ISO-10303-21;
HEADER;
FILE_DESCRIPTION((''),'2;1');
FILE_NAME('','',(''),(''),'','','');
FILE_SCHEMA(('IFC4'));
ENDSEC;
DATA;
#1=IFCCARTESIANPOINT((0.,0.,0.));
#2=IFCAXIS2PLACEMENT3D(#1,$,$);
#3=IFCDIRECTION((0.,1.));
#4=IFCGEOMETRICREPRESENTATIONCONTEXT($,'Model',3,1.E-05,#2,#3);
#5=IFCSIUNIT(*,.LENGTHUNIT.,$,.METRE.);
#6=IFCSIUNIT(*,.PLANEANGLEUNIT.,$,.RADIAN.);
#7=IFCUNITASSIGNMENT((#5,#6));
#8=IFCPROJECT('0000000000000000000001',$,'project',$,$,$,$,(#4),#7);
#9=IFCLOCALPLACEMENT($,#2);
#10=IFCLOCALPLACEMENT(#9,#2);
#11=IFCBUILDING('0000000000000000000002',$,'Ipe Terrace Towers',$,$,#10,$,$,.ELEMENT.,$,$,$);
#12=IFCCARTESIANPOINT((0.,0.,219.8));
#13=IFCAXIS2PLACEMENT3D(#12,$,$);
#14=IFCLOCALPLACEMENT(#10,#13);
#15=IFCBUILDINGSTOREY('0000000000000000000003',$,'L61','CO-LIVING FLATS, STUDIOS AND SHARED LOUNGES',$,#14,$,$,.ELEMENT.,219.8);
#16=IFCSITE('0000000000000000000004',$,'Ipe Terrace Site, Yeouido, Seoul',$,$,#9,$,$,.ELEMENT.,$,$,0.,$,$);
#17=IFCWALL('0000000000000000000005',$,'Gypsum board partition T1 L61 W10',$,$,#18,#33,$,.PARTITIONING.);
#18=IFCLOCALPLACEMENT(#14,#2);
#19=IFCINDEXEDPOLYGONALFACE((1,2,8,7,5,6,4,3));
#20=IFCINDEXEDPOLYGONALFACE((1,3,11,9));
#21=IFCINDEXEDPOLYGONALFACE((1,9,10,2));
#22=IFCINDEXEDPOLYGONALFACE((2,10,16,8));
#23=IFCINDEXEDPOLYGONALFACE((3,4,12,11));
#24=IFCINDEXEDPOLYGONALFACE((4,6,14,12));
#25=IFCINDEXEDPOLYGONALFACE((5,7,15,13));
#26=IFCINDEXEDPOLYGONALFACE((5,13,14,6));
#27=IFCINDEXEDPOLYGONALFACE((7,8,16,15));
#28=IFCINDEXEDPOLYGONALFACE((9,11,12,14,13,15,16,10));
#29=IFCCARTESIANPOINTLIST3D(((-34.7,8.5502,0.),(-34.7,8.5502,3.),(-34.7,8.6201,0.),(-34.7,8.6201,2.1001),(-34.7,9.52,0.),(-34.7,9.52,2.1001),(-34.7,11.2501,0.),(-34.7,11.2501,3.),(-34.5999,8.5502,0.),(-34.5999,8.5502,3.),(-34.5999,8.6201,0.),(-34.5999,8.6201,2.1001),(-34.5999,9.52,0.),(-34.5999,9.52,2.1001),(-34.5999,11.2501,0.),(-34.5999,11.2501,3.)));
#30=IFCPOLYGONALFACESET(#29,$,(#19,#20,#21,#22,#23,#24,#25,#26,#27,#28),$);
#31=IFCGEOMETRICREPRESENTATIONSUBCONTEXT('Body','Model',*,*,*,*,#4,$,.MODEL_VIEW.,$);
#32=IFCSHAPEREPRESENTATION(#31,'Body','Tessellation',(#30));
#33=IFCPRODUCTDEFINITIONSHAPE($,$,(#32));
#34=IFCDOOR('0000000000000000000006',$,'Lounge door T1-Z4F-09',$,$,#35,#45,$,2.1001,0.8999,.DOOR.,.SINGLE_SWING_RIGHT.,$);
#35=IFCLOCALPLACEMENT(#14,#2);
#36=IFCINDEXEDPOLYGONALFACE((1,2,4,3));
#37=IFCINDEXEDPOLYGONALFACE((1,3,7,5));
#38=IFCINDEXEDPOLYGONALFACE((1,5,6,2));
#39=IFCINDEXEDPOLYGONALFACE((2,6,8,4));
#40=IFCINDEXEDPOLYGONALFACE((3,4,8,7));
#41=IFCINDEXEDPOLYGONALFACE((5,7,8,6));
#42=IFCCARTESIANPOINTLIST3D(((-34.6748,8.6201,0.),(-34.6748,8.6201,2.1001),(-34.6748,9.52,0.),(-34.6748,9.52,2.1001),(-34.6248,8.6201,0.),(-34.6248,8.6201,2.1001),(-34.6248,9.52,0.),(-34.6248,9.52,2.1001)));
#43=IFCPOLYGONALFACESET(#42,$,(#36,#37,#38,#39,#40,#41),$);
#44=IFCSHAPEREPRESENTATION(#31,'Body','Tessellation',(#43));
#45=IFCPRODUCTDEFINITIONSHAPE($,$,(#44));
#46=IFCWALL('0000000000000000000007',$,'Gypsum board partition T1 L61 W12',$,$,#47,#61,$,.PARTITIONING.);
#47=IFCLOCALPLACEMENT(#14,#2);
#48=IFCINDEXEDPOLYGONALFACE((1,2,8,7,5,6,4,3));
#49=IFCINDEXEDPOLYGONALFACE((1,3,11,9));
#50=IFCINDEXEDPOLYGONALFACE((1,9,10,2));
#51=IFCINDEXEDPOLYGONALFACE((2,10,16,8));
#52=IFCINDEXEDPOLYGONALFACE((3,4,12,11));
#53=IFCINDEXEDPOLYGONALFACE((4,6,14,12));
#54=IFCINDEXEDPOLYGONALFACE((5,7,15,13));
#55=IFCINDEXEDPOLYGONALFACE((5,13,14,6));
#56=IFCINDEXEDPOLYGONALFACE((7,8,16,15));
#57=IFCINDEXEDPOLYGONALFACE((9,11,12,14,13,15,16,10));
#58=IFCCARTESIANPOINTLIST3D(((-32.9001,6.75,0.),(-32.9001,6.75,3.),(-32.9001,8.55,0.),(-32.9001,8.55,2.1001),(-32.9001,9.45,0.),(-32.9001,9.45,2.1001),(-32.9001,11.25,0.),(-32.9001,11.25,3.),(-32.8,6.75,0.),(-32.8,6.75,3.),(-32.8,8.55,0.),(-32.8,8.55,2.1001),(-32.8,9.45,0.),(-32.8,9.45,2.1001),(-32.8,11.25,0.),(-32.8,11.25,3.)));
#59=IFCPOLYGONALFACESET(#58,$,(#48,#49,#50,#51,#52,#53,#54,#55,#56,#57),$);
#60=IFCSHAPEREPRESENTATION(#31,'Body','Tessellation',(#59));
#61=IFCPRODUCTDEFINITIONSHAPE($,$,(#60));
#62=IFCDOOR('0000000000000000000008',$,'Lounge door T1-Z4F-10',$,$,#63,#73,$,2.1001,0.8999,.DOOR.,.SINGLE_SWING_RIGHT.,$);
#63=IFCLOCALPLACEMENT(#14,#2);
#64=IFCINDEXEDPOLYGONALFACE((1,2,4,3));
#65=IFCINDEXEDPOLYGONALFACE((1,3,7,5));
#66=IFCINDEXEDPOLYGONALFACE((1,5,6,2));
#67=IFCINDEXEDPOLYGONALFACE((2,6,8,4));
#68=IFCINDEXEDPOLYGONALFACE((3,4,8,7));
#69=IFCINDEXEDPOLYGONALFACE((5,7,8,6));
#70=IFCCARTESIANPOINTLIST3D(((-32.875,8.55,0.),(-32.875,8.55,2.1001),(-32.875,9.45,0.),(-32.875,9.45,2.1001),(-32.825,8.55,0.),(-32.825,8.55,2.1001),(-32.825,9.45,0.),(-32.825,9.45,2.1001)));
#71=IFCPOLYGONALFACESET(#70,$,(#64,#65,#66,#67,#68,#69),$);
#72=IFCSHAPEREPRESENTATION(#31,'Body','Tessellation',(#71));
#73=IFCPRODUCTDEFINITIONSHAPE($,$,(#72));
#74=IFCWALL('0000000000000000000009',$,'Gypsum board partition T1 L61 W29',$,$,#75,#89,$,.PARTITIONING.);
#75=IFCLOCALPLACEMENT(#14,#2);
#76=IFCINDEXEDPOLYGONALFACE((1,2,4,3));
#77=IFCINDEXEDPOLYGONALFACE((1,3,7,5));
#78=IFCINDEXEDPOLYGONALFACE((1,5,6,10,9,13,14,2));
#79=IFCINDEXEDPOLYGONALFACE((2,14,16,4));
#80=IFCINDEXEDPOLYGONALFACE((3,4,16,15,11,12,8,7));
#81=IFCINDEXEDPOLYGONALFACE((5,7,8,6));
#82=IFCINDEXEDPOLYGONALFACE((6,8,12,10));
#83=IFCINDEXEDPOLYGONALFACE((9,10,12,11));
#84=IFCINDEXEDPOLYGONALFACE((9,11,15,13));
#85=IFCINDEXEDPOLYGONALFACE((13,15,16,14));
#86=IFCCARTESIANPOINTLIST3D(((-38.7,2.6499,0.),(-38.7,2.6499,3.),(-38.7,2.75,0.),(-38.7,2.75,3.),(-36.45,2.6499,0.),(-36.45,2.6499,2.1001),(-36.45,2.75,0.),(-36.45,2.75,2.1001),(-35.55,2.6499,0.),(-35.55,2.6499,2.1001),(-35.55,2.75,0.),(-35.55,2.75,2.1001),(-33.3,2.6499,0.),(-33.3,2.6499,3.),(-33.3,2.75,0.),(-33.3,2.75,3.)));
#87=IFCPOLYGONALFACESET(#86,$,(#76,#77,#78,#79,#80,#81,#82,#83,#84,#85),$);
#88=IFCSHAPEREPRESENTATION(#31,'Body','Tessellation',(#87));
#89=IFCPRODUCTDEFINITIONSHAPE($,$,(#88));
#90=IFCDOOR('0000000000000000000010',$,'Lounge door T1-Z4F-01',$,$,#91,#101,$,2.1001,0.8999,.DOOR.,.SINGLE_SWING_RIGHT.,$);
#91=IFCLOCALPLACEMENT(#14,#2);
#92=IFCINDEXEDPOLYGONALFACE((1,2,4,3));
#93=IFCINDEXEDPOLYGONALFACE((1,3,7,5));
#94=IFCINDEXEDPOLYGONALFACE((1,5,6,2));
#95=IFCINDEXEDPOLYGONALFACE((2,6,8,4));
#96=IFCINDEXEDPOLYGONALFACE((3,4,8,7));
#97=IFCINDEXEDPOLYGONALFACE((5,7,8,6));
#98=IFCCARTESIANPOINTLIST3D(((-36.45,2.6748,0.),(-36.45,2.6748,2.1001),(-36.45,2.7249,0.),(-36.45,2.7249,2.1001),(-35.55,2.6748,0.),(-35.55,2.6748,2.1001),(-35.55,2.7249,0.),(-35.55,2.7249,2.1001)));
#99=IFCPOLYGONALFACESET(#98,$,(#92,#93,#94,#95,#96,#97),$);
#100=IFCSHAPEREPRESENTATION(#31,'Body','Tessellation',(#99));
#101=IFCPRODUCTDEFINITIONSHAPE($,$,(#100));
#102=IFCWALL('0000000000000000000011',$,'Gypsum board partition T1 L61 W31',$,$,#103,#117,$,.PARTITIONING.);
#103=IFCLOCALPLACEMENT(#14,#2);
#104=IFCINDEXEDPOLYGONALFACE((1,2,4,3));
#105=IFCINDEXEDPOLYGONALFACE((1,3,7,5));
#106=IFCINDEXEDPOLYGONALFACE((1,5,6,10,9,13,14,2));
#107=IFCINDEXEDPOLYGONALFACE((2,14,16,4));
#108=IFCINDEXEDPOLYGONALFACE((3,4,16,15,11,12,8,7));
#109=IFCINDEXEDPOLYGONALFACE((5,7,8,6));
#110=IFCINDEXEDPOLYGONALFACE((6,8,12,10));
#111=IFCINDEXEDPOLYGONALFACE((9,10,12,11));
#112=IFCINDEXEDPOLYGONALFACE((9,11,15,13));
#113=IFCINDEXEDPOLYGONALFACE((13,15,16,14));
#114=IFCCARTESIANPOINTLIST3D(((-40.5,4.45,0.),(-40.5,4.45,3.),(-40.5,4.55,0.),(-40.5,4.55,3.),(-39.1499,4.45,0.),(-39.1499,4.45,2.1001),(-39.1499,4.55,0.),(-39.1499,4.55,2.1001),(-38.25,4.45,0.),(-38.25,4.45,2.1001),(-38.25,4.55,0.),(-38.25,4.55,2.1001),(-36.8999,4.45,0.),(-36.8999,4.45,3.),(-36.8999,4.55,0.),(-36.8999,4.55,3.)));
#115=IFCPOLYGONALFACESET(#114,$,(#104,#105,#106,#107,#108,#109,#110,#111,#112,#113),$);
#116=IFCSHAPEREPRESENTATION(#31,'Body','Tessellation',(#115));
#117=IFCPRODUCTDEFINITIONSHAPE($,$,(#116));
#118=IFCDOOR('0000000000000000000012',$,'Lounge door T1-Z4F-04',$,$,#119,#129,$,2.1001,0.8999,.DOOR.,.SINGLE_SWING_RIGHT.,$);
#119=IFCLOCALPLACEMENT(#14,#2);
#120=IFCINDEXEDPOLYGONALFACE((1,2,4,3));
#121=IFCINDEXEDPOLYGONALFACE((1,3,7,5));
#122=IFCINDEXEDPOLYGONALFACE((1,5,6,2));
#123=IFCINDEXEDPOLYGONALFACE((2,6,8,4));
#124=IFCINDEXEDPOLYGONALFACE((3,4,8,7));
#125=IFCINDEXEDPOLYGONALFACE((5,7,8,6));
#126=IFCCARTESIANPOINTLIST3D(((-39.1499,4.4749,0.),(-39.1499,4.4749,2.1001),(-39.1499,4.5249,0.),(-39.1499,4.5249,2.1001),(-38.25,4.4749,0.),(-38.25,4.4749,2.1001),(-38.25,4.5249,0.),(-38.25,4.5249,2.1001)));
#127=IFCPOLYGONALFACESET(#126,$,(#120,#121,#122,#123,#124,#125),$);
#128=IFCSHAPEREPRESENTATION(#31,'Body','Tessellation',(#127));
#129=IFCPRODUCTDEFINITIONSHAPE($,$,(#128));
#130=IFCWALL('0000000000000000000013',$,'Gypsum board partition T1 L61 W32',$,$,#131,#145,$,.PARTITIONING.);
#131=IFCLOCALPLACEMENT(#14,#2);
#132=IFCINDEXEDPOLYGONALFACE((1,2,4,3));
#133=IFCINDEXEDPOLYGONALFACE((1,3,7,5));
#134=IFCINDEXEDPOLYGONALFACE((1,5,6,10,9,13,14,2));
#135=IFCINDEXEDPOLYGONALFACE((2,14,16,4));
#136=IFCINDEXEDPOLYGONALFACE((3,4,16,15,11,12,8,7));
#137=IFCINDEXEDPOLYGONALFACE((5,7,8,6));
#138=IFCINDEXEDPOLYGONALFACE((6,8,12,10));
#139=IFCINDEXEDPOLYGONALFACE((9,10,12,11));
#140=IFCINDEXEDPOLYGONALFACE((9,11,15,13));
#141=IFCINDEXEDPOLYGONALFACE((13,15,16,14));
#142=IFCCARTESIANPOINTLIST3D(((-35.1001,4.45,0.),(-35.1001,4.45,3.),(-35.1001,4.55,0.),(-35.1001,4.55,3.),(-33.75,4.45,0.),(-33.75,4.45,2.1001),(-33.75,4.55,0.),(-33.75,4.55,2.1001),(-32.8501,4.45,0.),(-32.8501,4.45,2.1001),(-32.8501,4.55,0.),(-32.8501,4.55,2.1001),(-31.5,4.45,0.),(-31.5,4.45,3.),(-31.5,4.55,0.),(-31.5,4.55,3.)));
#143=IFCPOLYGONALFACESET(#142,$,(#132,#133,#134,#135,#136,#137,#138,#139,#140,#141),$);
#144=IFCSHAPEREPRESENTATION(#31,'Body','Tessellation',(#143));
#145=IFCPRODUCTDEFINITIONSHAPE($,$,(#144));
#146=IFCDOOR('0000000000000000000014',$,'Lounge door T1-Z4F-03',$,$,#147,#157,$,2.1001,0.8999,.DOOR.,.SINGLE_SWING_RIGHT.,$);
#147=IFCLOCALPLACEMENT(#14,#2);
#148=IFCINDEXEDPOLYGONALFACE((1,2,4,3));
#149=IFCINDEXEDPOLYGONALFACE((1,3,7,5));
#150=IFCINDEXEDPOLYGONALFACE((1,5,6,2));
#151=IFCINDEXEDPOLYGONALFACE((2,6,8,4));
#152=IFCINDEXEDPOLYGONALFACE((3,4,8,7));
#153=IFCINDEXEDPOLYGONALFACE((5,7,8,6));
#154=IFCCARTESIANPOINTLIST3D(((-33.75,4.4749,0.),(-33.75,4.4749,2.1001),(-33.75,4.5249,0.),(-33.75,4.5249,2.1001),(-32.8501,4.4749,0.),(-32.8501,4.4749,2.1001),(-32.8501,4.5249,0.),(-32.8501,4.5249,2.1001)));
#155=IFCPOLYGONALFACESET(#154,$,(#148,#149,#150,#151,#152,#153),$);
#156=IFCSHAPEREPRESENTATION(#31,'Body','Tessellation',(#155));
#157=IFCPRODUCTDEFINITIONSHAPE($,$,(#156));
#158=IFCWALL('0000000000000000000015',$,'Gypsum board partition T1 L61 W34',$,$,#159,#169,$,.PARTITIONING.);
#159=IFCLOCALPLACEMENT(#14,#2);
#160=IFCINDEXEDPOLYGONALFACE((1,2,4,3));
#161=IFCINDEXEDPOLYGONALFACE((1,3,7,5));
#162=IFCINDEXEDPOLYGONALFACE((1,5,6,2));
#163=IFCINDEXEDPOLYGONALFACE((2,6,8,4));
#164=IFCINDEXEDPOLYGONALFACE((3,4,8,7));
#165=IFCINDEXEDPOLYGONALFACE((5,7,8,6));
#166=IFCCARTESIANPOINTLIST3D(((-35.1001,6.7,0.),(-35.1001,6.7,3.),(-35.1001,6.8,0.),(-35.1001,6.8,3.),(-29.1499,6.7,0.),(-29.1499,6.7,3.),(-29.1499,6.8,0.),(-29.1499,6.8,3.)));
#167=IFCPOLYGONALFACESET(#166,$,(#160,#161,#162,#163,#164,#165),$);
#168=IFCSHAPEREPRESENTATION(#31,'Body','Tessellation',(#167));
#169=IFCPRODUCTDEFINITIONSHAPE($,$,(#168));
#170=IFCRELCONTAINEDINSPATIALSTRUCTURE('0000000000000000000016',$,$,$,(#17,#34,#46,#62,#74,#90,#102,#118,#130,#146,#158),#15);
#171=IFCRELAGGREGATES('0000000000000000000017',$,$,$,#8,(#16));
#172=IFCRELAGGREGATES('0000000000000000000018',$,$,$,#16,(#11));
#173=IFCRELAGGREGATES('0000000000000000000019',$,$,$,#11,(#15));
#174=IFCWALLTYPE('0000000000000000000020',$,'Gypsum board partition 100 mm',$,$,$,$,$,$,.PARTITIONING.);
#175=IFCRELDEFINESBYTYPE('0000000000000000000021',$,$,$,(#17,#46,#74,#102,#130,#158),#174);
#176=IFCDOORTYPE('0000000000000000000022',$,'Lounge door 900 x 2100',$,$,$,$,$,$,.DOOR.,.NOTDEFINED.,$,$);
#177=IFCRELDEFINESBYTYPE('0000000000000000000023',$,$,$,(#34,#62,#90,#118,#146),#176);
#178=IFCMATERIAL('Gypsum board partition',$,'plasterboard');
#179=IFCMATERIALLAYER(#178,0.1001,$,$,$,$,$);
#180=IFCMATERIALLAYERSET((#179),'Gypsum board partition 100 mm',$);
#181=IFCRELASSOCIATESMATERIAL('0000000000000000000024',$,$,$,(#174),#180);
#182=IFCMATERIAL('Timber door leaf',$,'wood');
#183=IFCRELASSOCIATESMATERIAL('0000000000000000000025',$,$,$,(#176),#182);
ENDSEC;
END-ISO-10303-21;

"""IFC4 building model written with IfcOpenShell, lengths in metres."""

from ifc_helpers import new_model, si_unit, direction, frame, frame_2d, origin, place, context, subcontext, project, spatial, rectangle, extrude, material, layer, layer_set, type_object, element, fill, save


model = new_model("IFC4")

# Units and contexts
model_context = context("Model", 3, precision=1e-05, world=origin(), true_north=direction((0.0, 1.0)))
body_context = subcontext(model_context, "Body", "Model", "MODEL_VIEW")
ifc_project = project(units=[si_unit("LENGTHUNIT", "METRE"), si_unit("PLANEANGLEUNIT", "RADIAN")], contexts=[model_context])

# Site, building, storey
site_placement = place(None, origin())
site = spatial("IfcSite", under=ifc_project, at=site_placement, Name="Ipe Terrace Site, Yeouido, Seoul", CompositionType="ELEMENT", RefElevation=0.0)
building_placement = place(site_placement, origin())
building = spatial("IfcBuilding", under=site, at=building_placement, Name="Ipe Terrace Towers", CompositionType="ELEMENT")
storey_placement = place(building_placement, frame((0.0, 0.0, 219.8)))
storey = spatial("IfcBuildingStorey", under=building, at=storey_placement, Name="L61", Description="CO-LIVING FLATS, STUDIOS AND SHARED LOUNGES", CompositionType="ELEMENT", Elevation=219.8)

# Shared definitions
ifc_material_1 = material(Name="Gypsum board partition", Category="plasterboard")
ifc_layer_1 = layer(ifc_material_1, 0.1001)
ifc_layer_set_1 = layer_set([ifc_layer_1], Name="Gypsum board partition 100 mm")
wall_type_1 = type_object("IfcWallType", Name="Gypsum board partition 100 mm", PredefinedType="PARTITIONING", material=ifc_layer_set_1)

# Walls, openings, doors
wall_1_placement = place(storey_placement, frame((-34.6499, 8.55, 0.0), z_axis=(0.0, 0.0, 1.0), x_axis=(0.0, 1.0, 0.0)))
wall_1 = element("IfcWall", 1, at=wall_1_placement, inside=storey, type_object=wall_type_1, Name="Gypsum board partition T1 L61 W10", PredefinedType="PARTITIONING", context=body_context, shape_type="SweptSolid", body=[
    extrude(rectangle(XDim=2.7, YDim=0.1001, at=frame_2d((1.3501, 0.0))), origin(), (0.0, 0.0, 1.0), 3.0),
])
opening_1_placement = place(wall_1_placement, frame((0.0701, 0.0, 0.0)))
opening_1 = element("IfcOpeningElement", 2, at=opening_1_placement, cuts=wall_1, PredefinedType="OPENING", context=body_context, shape_type="SweptSolid", body=[
    extrude(rectangle(XDim=0.8999, YDim=2.1001, at=frame_2d((0.45, 1.05))), frame((0.0, 0.0601, 0.0), z_axis=(0.0, -1.0, 0.0), x_axis=(1.0, 0.0, 0.0)), (0.0, 0.0, 1.0), 0.1201),
])
ifc_material_2 = material(Name="Timber door leaf", Category="wood")
door_type = type_object("IfcDoorType", Name="Lounge door 900 x 2100", OperationType="NOTDEFINED", PredefinedType="DOOR", material=ifc_material_2)
door_1_placement = place(opening_1_placement, origin())
door_1 = element("IfcDoor", 3, at=door_1_placement, inside=storey, type_object=door_type, Name="Lounge door T1-Z4F-09", OperationType="SINGLE_SWING_RIGHT", OverallHeight=2.1001, OverallWidth=0.8999, PredefinedType="DOOR", context=body_context, shape_type="SweptSolid", body=[
    extrude(rectangle(XDim=0.8999, YDim=2.1001, at=frame_2d((0.45, 1.05))), frame((0.0, 0.0249, 0.0), z_axis=(0.0, -1.0, 0.0), x_axis=(1.0, 0.0, 0.0)), (0.0, 0.0, 1.0), 0.05),
])
fill(opening_1, door_1)
wall_2_placement = place(storey_placement, frame((-32.8501, 6.75, 0.0), z_axis=(0.0, 0.0, 1.0), x_axis=(0.0, 1.0, 0.0)))
wall_2 = element("IfcWall", 4, at=wall_2_placement, inside=storey, type_object=wall_type_1, Name="Gypsum board partition T1 L61 W12", PredefinedType="PARTITIONING", context=body_context, shape_type="SweptSolid", body=[
    extrude(rectangle(XDim=4.5, YDim=0.1001, at=frame_2d((2.25, 0.0))), origin(), (0.0, 0.0, 1.0), 3.0),
])
opening_2_placement = place(wall_2_placement, frame((1.8, 0.0, 0.0)))
opening_2 = element("IfcOpeningElement", 5, at=opening_2_placement, cuts=wall_2, PredefinedType="OPENING", context=body_context, shape_type="SweptSolid", body=[
    extrude(rectangle(XDim=0.8999, YDim=2.1001, at=frame_2d((0.45, 1.05))), frame((0.0, 0.0601, 0.0), z_axis=(0.0, -1.0, 0.0), x_axis=(1.0, 0.0, 0.0)), (0.0, 0.0, 1.0), 0.1201),
])
door_2_placement = place(opening_2_placement, origin())
door_2 = element("IfcDoor", 6, at=door_2_placement, inside=storey, type_object=door_type, Name="Lounge door T1-Z4F-10", OperationType="SINGLE_SWING_RIGHT", OverallHeight=2.1001, OverallWidth=0.8999, PredefinedType="DOOR", context=body_context, shape_type="SweptSolid", body=[
    extrude(rectangle(XDim=0.8999, YDim=2.1001, at=frame_2d((0.45, 1.05))), frame((0.0, 0.0249, 0.0), z_axis=(0.0, -1.0, 0.0), x_axis=(1.0, 0.0, 0.0)), (0.0, 0.0, 1.0), 0.05),
])
fill(opening_2, door_2)
wall_3_placement = place(storey_placement, frame((-38.7, 2.7, 0.0), z_axis=(0.0, 0.0, 1.0), x_axis=(1.0, 0.0, 0.0)))
wall_3 = element("IfcWall", 7, at=wall_3_placement, inside=storey, type_object=wall_type_1, Name="Gypsum board partition T1 L61 W29", PredefinedType="PARTITIONING", context=body_context, shape_type="SweptSolid", body=[
    extrude(rectangle(XDim=5.3999, YDim=0.1001, at=frame_2d((2.7, 0.0))), origin(), (0.0, 0.0, 1.0), 3.0),
])
opening_3_placement = place(wall_3_placement, frame((2.25, 0.0, 0.0)))
opening_3 = element("IfcOpeningElement", 8, at=opening_3_placement, cuts=wall_3, PredefinedType="OPENING", context=body_context, shape_type="SweptSolid", body=[
    extrude(rectangle(XDim=0.8999, YDim=2.1001, at=frame_2d((0.45, 1.05))), frame((0.0, 0.0601, 0.0), z_axis=(0.0, -1.0, 0.0), x_axis=(1.0, 0.0, 0.0)), (0.0, 0.0, 1.0), 0.1201),
])
door_3_placement = place(opening_3_placement, origin())
door_3 = element("IfcDoor", 9, at=door_3_placement, inside=storey, type_object=door_type, Name="Lounge door T1-Z4F-01", OperationType="SINGLE_SWING_RIGHT", OverallHeight=2.1001, OverallWidth=0.8999, PredefinedType="DOOR", context=body_context, shape_type="SweptSolid", body=[
    extrude(rectangle(XDim=0.8999, YDim=2.1001, at=frame_2d((0.45, 1.05))), frame((0.0, 0.0249, 0.0), z_axis=(0.0, -1.0, 0.0), x_axis=(1.0, 0.0, 0.0)), (0.0, 0.0, 1.0), 0.05),
])
fill(opening_3, door_3)
wall_4_placement = place(storey_placement, frame((-40.5, 4.5, 0.0), z_axis=(0.0, 0.0, 1.0), x_axis=(1.0, 0.0, 0.0)))
wall_4 = element("IfcWall", 10, at=wall_4_placement, inside=storey, type_object=wall_type_1, Name="Gypsum board partition T1 L61 W31", PredefinedType="PARTITIONING", context=body_context, shape_type="SweptSolid", body=[
    extrude(rectangle(XDim=3.6001, YDim=0.1001, at=frame_2d((1.8, 0.0))), origin(), (0.0, 0.0, 1.0), 3.0),
])
opening_4_placement = place(wall_4_placement, frame((1.3501, 0.0, 0.0)))
opening_4 = element("IfcOpeningElement", 11, at=opening_4_placement, cuts=wall_4, PredefinedType="OPENING", context=body_context, shape_type="SweptSolid", body=[
    extrude(rectangle(XDim=0.8999, YDim=2.1001, at=frame_2d((0.45, 1.05))), frame((0.0, 0.0601, 0.0), z_axis=(0.0, -1.0, 0.0), x_axis=(1.0, 0.0, 0.0)), (0.0, 0.0, 1.0), 0.1201),
])
door_4_placement = place(opening_4_placement, origin())
door_4 = element("IfcDoor", 12, at=door_4_placement, inside=storey, type_object=door_type, Name="Lounge door T1-Z4F-04", OperationType="SINGLE_SWING_RIGHT", OverallHeight=2.1001, OverallWidth=0.8999, PredefinedType="DOOR", context=body_context, shape_type="SweptSolid", body=[
    extrude(rectangle(XDim=0.8999, YDim=2.1001, at=frame_2d((0.45, 1.05))), frame((0.0, 0.0249, 0.0), z_axis=(0.0, -1.0, 0.0), x_axis=(1.0, 0.0, 0.0)), (0.0, 0.0, 1.0), 0.05),
])
fill(opening_4, door_4)
wall_5_placement = place(storey_placement, frame((-35.1001, 4.5, 0.0), z_axis=(0.0, 0.0, 1.0), x_axis=(1.0, 0.0, 0.0)))
wall_5 = element("IfcWall", 13, at=wall_5_placement, inside=storey, type_object=wall_type_1, Name="Gypsum board partition T1 L61 W32", PredefinedType="PARTITIONING", context=body_context, shape_type="SweptSolid", body=[
    extrude(rectangle(XDim=3.6001, YDim=0.1001, at=frame_2d((1.8, 0.0))), origin(), (0.0, 0.0, 1.0), 3.0),
])
opening_5_placement = place(wall_5_placement, frame((1.3501, 0.0, 0.0)))
opening_5 = element("IfcOpeningElement", 14, at=opening_5_placement, cuts=wall_5, PredefinedType="OPENING", context=body_context, shape_type="SweptSolid", body=[
    extrude(rectangle(XDim=0.8999, YDim=2.1001, at=frame_2d((0.45, 1.05))), frame((0.0, 0.0601, 0.0), z_axis=(0.0, -1.0, 0.0), x_axis=(1.0, 0.0, 0.0)), (0.0, 0.0, 1.0), 0.1201),
])
door_5_placement = place(opening_5_placement, origin())
door_5 = element("IfcDoor", 15, at=door_5_placement, inside=storey, type_object=door_type, Name="Lounge door T1-Z4F-03", OperationType="SINGLE_SWING_RIGHT", OverallHeight=2.1001, OverallWidth=0.8999, PredefinedType="DOOR", context=body_context, shape_type="SweptSolid", body=[
    extrude(rectangle(XDim=0.8999, YDim=2.1001, at=frame_2d((0.45, 1.05))), frame((0.0, 0.0249, 0.0), z_axis=(0.0, -1.0, 0.0), x_axis=(1.0, 0.0, 0.0)), (0.0, 0.0, 1.0), 0.05),
])
fill(opening_5, door_5)

# Wall
wall_6_placement = place(storey_placement, frame((-35.1001, 6.75, 0.0), z_axis=(0.0, 0.0, 1.0), x_axis=(1.0, 0.0, 0.0)))
element("IfcWall", 16, at=wall_6_placement, inside=storey, type_object=wall_type_1, Name="Gypsum board partition T1 L61 W34", PredefinedType="PARTITIONING", context=body_context, shape_type="SweptSolid", body=[
    extrude(rectangle(XDim=5.9502, YDim=0.1001, at=frame_2d((2.9751, 0.0))), origin(), (0.0, 0.0, 1.0), 3.0),
])

save(model, "model.ifc")
